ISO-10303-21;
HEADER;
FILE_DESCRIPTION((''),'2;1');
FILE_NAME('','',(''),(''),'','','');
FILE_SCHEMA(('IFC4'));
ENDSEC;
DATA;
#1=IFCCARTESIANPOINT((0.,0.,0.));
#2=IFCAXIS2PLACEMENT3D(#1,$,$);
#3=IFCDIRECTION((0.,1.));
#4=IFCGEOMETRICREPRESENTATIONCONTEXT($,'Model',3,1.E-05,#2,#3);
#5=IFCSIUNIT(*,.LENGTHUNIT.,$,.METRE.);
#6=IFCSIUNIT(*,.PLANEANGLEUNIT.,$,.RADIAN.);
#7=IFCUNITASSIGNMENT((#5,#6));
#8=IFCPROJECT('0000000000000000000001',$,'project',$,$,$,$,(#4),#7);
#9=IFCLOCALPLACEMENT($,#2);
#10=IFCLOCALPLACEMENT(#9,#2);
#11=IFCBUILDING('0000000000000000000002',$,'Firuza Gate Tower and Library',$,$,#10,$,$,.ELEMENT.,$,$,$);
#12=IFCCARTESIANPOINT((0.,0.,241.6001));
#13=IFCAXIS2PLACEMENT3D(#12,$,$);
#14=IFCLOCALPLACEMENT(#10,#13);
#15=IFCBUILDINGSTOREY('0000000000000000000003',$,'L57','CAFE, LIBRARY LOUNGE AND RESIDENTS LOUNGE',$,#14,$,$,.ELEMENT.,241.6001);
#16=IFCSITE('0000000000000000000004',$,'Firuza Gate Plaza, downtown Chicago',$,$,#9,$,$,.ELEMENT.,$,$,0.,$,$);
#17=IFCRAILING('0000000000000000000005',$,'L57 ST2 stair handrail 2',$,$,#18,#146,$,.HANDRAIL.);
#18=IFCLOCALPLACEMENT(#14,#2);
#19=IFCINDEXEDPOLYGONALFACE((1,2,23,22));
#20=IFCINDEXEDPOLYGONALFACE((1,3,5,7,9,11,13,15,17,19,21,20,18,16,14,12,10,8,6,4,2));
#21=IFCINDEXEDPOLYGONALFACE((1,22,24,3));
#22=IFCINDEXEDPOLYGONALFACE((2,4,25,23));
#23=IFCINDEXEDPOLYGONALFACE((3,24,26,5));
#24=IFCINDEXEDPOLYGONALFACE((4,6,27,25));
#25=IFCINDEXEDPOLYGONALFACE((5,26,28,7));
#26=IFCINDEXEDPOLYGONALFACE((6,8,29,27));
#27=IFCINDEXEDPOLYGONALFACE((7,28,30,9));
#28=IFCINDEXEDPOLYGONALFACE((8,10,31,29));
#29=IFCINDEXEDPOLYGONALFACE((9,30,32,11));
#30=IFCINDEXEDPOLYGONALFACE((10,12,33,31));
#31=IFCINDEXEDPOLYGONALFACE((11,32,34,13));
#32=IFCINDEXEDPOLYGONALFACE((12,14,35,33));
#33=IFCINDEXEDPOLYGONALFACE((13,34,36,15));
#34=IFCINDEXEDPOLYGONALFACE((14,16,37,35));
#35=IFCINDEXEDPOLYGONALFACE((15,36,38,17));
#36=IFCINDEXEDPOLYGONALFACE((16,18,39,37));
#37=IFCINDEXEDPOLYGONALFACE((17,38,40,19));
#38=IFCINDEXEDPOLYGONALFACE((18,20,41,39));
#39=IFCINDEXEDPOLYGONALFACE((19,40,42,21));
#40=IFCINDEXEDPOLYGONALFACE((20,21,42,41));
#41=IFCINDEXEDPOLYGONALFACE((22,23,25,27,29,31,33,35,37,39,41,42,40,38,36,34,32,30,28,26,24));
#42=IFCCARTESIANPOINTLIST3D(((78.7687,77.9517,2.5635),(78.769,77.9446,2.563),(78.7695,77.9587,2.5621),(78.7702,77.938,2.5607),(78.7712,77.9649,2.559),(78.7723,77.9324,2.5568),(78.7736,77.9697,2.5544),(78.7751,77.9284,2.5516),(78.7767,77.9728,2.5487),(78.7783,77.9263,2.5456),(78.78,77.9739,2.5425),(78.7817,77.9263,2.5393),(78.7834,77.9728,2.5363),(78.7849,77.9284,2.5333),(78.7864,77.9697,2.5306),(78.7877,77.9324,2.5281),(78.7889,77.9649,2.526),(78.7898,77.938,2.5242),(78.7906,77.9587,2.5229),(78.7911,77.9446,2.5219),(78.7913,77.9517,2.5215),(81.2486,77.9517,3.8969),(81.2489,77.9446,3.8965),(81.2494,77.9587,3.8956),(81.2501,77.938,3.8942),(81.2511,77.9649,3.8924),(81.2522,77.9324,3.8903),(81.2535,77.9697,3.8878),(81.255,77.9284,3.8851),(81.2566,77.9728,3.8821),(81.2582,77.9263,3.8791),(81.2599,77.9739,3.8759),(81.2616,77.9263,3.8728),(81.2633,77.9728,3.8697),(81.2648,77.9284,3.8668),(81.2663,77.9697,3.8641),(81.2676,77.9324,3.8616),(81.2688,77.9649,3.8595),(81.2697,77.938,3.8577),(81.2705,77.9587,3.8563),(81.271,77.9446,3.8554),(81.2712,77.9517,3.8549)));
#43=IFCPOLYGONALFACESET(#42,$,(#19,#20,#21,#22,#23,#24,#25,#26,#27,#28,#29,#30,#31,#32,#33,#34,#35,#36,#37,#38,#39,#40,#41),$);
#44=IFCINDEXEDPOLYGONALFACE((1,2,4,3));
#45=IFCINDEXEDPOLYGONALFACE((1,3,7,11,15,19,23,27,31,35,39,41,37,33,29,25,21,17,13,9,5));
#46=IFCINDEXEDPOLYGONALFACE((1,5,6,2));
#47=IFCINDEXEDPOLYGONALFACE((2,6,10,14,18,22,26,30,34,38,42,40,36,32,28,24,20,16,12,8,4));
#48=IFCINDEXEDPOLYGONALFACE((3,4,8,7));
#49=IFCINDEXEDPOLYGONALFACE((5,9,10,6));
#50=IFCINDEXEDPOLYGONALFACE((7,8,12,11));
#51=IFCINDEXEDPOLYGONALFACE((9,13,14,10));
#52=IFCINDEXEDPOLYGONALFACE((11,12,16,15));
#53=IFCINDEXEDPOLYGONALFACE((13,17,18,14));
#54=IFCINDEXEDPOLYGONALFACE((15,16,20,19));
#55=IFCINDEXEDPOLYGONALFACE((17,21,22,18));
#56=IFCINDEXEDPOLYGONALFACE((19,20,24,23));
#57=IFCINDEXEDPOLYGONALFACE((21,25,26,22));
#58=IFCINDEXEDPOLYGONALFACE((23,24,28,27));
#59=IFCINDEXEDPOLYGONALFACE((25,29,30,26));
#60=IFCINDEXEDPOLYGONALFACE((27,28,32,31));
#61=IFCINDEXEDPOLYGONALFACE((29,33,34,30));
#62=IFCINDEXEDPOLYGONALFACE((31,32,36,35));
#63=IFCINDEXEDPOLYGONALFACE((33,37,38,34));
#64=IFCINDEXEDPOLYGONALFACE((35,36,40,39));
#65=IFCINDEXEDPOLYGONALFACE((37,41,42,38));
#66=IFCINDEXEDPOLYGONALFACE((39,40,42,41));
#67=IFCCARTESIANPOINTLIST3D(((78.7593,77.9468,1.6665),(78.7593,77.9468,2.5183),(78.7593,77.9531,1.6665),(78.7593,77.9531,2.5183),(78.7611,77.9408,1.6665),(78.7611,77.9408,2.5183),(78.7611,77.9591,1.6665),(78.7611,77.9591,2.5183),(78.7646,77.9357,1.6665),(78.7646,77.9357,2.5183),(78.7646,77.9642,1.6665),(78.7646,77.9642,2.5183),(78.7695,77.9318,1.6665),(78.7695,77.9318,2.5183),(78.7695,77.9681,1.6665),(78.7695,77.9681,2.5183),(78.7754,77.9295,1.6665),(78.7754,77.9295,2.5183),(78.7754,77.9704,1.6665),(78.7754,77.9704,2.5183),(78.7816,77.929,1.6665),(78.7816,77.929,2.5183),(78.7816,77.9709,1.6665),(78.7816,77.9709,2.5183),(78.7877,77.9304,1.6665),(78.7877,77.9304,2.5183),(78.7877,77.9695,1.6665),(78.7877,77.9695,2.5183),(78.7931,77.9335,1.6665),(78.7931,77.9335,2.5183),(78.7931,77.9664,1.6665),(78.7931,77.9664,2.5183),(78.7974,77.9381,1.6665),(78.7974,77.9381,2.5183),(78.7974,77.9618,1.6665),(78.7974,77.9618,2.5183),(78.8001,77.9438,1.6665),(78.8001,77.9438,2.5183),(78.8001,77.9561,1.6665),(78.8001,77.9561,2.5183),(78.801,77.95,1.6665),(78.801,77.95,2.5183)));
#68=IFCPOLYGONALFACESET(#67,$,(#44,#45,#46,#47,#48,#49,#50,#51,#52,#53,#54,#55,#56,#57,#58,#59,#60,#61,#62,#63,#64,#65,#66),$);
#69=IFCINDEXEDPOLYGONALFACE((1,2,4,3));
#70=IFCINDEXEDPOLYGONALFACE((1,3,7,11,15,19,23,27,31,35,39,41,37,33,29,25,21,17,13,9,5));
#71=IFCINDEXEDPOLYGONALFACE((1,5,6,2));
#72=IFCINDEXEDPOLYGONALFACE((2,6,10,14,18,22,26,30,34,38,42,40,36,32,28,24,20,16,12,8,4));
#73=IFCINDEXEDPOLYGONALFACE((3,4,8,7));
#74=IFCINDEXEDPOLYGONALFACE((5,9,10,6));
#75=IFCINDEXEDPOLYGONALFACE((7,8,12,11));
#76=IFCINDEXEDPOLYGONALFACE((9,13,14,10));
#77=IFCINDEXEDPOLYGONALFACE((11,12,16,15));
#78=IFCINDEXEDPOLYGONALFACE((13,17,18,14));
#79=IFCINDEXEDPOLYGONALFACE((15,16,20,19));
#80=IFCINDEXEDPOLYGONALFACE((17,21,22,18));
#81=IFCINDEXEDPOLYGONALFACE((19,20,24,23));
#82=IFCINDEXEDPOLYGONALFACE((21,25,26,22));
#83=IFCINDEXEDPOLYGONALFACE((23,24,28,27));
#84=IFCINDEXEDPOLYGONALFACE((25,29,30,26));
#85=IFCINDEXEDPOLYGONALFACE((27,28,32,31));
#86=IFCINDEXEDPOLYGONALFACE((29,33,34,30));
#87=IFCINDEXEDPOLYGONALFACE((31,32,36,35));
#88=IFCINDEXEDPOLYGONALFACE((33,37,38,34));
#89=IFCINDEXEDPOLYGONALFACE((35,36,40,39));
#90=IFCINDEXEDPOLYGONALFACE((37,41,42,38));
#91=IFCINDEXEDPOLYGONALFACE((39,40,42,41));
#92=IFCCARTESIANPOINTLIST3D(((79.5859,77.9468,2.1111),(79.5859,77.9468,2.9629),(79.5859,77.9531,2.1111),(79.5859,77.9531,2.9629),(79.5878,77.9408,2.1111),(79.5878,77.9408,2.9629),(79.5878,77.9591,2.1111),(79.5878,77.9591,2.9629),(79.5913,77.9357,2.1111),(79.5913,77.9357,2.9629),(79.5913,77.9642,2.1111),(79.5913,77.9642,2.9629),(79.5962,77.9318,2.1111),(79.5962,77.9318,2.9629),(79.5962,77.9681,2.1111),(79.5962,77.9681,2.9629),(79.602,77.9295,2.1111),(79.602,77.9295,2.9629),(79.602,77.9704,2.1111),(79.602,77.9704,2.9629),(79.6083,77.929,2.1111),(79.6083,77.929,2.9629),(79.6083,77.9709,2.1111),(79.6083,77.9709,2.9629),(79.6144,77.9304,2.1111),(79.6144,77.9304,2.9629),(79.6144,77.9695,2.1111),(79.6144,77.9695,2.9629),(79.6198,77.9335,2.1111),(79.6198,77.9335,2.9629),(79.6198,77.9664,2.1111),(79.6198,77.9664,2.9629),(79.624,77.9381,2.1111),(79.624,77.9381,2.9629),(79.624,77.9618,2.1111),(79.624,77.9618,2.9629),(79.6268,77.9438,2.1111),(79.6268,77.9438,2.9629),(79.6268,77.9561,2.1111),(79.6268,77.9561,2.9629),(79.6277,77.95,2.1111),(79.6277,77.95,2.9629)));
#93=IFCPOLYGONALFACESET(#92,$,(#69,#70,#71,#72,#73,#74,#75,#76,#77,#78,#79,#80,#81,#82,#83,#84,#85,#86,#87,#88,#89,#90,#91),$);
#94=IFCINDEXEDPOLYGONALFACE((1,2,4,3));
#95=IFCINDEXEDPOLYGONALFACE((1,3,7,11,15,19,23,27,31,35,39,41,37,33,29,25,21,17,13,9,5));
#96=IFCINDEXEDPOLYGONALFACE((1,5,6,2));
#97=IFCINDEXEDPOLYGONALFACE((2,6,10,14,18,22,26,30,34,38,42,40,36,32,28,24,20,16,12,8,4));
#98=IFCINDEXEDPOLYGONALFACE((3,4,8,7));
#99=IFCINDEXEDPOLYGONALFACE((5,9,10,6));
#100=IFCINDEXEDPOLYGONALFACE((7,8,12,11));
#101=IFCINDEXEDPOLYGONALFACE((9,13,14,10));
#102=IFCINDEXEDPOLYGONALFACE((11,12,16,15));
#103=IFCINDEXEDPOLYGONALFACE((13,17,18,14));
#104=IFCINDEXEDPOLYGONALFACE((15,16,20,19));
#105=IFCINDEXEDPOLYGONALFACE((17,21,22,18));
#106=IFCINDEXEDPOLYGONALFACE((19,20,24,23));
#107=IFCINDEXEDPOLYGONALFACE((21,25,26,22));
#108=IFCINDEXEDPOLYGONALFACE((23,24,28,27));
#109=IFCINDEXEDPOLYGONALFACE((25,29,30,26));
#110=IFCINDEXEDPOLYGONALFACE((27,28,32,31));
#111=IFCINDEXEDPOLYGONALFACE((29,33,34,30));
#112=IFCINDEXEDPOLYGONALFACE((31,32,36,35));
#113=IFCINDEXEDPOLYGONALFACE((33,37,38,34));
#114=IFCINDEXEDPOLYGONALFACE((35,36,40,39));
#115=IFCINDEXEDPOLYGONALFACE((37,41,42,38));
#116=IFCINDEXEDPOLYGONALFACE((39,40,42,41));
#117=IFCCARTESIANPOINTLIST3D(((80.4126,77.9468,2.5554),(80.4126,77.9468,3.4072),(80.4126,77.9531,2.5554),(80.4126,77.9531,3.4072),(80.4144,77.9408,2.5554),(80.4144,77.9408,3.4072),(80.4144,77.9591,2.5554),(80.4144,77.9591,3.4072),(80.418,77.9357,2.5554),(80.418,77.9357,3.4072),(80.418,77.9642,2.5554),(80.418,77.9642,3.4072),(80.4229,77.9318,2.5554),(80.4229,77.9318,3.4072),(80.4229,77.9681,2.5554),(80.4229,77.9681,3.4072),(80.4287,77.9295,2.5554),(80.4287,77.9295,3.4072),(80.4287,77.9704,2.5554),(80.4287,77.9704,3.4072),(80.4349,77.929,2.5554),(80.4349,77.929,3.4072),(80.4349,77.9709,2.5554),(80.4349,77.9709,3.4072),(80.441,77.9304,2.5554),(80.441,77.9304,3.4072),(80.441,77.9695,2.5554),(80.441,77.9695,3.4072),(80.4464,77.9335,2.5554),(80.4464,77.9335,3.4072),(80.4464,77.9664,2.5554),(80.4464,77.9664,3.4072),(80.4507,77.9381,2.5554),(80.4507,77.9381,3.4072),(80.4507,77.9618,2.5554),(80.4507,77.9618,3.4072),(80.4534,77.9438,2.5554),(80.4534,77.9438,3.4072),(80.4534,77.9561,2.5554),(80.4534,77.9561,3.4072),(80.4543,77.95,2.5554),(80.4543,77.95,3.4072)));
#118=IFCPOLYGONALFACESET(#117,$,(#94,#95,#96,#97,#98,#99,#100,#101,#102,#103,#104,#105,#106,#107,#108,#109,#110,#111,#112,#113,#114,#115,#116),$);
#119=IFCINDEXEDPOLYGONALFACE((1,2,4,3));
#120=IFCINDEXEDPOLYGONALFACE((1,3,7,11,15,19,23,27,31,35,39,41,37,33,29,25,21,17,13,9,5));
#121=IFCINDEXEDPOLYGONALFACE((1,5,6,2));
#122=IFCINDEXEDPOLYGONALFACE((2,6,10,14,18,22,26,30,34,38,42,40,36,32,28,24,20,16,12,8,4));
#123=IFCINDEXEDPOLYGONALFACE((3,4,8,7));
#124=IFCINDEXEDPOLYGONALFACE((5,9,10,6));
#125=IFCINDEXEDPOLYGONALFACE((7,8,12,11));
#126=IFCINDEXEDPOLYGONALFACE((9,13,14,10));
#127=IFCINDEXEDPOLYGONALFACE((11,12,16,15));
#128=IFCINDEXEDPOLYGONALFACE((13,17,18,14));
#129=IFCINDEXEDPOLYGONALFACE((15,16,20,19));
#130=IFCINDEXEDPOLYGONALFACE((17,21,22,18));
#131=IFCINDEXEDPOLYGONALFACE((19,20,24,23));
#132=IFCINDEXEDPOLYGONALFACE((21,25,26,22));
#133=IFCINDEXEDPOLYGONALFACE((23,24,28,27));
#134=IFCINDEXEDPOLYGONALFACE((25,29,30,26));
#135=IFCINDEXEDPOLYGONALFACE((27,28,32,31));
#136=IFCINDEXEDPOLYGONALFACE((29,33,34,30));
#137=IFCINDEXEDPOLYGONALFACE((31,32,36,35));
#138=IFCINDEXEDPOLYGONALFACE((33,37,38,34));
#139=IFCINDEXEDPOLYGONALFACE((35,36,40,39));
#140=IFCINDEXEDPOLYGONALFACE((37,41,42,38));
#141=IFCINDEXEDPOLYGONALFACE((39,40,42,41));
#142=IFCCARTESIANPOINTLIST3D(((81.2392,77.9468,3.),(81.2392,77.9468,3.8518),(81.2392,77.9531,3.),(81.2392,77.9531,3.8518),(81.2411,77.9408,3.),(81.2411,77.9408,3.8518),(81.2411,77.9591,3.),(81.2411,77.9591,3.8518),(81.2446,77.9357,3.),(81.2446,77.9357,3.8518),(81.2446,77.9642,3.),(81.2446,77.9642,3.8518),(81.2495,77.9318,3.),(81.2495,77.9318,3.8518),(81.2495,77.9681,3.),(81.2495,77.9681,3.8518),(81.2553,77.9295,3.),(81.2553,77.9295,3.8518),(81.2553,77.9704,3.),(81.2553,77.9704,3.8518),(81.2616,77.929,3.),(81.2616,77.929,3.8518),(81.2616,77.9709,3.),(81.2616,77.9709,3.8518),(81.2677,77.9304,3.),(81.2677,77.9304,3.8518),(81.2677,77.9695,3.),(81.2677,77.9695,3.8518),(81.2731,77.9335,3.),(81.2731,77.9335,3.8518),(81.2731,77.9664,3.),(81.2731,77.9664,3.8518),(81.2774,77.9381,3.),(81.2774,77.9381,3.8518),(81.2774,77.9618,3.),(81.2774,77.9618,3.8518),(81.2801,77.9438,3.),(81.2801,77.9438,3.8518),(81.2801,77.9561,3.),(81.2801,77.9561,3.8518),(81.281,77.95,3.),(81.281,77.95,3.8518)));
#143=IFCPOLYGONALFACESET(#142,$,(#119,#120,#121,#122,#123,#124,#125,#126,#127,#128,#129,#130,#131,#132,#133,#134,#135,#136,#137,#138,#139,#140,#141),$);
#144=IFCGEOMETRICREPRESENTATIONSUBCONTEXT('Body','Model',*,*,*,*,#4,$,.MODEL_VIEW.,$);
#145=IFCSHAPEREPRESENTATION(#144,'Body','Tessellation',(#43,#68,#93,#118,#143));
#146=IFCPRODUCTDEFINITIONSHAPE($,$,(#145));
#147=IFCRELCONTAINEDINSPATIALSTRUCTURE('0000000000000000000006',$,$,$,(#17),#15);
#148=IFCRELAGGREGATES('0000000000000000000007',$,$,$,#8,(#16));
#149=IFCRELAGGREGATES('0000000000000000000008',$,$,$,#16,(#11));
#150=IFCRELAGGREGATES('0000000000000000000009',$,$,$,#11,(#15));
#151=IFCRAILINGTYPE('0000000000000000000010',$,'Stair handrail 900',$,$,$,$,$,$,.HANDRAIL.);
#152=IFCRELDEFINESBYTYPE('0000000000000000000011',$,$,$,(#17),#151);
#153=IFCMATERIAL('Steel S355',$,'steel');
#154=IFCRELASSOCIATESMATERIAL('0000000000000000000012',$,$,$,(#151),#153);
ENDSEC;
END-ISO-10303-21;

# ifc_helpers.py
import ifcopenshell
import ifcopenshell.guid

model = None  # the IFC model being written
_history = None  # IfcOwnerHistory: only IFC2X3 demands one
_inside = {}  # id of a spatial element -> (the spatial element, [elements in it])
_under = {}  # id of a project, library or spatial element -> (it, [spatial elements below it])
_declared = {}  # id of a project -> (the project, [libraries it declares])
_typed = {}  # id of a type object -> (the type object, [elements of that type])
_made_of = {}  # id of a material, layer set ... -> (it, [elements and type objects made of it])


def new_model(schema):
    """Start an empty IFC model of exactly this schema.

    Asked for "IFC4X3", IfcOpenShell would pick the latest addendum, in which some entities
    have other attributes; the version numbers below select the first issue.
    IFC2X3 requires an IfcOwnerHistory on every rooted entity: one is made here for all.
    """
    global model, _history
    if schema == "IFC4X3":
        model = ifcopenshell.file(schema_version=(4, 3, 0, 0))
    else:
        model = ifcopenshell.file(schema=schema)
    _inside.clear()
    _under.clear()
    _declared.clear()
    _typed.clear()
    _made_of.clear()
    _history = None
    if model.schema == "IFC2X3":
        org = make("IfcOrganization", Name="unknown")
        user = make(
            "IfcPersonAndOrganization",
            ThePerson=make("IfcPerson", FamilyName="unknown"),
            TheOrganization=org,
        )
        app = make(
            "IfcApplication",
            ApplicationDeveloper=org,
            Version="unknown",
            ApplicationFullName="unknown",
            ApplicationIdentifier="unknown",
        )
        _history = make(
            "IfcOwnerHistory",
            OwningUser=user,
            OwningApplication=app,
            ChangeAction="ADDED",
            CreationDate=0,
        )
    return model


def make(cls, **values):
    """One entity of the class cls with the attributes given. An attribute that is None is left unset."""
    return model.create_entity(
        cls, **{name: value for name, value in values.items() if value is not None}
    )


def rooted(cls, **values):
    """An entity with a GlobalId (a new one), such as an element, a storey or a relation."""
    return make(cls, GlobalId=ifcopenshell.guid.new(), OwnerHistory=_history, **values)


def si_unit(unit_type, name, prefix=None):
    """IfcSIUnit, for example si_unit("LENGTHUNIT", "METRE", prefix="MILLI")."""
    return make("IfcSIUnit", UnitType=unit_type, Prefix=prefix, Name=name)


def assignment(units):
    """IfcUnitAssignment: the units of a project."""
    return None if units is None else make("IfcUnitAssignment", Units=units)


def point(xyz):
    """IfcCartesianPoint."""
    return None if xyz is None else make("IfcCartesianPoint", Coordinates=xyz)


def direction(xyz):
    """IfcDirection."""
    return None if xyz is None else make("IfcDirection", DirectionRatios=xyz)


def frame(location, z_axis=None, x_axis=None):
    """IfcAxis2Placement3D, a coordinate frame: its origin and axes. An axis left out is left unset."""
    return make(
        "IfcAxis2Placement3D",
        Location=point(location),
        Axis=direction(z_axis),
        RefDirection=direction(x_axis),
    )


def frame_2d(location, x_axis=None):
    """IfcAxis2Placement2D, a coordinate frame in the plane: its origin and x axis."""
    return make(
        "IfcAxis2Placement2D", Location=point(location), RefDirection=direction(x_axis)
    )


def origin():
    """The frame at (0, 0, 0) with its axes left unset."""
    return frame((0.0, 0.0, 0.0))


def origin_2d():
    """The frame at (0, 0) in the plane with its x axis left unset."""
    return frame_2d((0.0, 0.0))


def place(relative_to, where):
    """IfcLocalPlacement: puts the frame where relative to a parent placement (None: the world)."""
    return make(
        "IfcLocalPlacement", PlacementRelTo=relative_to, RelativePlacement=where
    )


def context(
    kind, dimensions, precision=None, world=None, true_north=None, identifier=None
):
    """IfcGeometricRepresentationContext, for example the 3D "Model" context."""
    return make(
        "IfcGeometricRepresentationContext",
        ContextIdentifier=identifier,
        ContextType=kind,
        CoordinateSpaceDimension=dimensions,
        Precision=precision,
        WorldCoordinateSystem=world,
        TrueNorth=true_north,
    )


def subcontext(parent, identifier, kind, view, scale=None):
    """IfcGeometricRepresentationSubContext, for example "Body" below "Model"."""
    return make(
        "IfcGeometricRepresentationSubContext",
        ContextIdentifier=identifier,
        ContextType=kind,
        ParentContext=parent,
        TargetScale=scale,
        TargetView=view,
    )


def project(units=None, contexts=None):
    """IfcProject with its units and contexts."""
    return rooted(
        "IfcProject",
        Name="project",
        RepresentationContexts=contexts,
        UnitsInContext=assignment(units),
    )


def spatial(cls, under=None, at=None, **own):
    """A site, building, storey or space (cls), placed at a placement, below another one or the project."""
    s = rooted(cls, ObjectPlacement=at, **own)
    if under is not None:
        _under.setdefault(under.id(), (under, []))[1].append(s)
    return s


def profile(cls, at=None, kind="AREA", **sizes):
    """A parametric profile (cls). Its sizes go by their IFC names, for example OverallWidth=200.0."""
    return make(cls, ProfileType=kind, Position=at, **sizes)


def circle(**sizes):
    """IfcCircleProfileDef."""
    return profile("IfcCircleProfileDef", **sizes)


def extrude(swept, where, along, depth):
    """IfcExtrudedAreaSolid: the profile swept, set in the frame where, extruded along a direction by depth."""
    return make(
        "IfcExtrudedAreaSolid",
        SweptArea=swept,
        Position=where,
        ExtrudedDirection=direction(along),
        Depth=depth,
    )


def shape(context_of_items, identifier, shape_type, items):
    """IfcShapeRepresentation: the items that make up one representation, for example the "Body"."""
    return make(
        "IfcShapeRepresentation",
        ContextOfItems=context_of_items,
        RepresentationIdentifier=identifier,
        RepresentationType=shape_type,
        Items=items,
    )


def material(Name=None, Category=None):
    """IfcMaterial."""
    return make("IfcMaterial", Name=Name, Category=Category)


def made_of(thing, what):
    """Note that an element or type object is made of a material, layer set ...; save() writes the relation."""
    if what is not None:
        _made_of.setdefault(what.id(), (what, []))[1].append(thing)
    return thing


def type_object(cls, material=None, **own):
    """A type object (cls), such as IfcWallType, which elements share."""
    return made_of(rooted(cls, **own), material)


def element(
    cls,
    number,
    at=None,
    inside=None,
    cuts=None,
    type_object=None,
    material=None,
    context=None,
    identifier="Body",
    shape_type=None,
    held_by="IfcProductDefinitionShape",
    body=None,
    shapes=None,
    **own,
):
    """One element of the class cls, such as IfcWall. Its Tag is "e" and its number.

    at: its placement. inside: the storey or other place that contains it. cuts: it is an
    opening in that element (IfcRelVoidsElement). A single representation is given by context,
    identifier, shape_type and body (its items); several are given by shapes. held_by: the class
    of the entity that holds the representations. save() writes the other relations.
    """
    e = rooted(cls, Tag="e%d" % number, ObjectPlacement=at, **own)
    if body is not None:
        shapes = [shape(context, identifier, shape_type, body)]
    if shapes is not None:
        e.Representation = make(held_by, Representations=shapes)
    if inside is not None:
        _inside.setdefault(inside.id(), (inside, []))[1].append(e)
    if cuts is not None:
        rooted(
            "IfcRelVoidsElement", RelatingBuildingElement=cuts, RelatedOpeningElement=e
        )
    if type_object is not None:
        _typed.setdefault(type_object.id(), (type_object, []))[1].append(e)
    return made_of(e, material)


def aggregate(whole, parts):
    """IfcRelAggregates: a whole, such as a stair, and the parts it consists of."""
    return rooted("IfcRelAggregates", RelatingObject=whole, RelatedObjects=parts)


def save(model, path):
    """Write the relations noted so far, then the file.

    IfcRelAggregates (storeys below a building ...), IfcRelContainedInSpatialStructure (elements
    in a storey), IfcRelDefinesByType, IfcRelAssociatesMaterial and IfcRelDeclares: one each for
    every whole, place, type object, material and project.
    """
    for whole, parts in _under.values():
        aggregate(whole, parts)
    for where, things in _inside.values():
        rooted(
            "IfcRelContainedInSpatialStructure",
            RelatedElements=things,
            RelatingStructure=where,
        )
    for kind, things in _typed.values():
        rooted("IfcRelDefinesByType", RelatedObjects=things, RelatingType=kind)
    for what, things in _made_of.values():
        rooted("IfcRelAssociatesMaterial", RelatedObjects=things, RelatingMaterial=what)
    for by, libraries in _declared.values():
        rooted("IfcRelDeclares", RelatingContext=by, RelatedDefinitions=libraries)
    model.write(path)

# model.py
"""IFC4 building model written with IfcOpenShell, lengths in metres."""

from ifc_helpers import new_model, si_unit, direction, frame, origin, origin_2d, place, context, subcontext, project, spatial, circle, extrude, material, type_object, element, save


model = new_model("IFC4")

# Units and contexts
model_context = context("Model", 3, precision=1e-05, world=origin(), true_north=direction((0.0, 1.0)))
body_context = subcontext(model_context, "Body", "Model", "MODEL_VIEW")
ifc_project = project(units=[si_unit("LENGTHUNIT", "METRE"), si_unit("PLANEANGLEUNIT", "RADIAN")], contexts=[model_context])

# Site, building, storey
site_placement = place(None, origin())
site = spatial("IfcSite", under=ifc_project, at=site_placement, Name="Firuza Gate Plaza, downtown Chicago", CompositionType="ELEMENT", RefElevation=0.0)
building_placement = place(site_placement, origin())
building = spatial("IfcBuilding", under=site, at=building_placement, Name="Firuza Gate Tower and Library", CompositionType="ELEMENT")
storey_placement = place(building_placement, frame((0.0, 0.0, 241.6001)))
storey = spatial("IfcBuildingStorey", under=building, at=storey_placement, Name="L57", Description="CAFE, LIBRARY LOUNGE AND RESIDENTS LOUNGE", CompositionType="ELEMENT", Elevation=241.6001)

# Railing
ifc_material_1 = material(Name="Steel S355", Category="steel")
railing_type_1 = type_object("IfcRailingType", Name="Stair handrail 900", PredefinedType="HANDRAIL", material=ifc_material_1)
railing_1_placement = place(storey_placement, frame((78.78, 77.95, 1.6665)))
element("IfcRailing", 1, at=railing_1_placement, inside=storey, type_object=railing_type_1, Name="L57 ST2 stair handrail 2", PredefinedType="HANDRAIL", context=body_context, shape_type="SweptSolid", body=[
    extrude(circle(Radius=0.0239, at=origin_2d()), frame((0.0, 0.0, 0.876), z_axis=(0.880749, 0.0, 0.473583), x_axis=(0.0, 1.0, 0.0)), (0.0, 0.0, 1.0), 2.8157),
    extrude(circle(Radius=0.021, at=origin_2d()), origin(), (0.0, 0.0, 1.0), 0.8518),
    extrude(circle(Radius=0.021, at=origin_2d()), frame((0.8267, 0.0, 0.4446)), (0.0, 0.0, 1.0), 0.8518),
    extrude(circle(Radius=0.021, at=origin_2d()), frame((1.6533, 0.0, 0.8889)), (0.0, 0.0, 1.0), 0.8518),
    extrude(circle(Radius=0.021, at=origin_2d()), frame((2.48, 0.0, 1.3335)), (0.0, 0.0, 1.0), 0.8518),
])

save(model, "model.ifc")
